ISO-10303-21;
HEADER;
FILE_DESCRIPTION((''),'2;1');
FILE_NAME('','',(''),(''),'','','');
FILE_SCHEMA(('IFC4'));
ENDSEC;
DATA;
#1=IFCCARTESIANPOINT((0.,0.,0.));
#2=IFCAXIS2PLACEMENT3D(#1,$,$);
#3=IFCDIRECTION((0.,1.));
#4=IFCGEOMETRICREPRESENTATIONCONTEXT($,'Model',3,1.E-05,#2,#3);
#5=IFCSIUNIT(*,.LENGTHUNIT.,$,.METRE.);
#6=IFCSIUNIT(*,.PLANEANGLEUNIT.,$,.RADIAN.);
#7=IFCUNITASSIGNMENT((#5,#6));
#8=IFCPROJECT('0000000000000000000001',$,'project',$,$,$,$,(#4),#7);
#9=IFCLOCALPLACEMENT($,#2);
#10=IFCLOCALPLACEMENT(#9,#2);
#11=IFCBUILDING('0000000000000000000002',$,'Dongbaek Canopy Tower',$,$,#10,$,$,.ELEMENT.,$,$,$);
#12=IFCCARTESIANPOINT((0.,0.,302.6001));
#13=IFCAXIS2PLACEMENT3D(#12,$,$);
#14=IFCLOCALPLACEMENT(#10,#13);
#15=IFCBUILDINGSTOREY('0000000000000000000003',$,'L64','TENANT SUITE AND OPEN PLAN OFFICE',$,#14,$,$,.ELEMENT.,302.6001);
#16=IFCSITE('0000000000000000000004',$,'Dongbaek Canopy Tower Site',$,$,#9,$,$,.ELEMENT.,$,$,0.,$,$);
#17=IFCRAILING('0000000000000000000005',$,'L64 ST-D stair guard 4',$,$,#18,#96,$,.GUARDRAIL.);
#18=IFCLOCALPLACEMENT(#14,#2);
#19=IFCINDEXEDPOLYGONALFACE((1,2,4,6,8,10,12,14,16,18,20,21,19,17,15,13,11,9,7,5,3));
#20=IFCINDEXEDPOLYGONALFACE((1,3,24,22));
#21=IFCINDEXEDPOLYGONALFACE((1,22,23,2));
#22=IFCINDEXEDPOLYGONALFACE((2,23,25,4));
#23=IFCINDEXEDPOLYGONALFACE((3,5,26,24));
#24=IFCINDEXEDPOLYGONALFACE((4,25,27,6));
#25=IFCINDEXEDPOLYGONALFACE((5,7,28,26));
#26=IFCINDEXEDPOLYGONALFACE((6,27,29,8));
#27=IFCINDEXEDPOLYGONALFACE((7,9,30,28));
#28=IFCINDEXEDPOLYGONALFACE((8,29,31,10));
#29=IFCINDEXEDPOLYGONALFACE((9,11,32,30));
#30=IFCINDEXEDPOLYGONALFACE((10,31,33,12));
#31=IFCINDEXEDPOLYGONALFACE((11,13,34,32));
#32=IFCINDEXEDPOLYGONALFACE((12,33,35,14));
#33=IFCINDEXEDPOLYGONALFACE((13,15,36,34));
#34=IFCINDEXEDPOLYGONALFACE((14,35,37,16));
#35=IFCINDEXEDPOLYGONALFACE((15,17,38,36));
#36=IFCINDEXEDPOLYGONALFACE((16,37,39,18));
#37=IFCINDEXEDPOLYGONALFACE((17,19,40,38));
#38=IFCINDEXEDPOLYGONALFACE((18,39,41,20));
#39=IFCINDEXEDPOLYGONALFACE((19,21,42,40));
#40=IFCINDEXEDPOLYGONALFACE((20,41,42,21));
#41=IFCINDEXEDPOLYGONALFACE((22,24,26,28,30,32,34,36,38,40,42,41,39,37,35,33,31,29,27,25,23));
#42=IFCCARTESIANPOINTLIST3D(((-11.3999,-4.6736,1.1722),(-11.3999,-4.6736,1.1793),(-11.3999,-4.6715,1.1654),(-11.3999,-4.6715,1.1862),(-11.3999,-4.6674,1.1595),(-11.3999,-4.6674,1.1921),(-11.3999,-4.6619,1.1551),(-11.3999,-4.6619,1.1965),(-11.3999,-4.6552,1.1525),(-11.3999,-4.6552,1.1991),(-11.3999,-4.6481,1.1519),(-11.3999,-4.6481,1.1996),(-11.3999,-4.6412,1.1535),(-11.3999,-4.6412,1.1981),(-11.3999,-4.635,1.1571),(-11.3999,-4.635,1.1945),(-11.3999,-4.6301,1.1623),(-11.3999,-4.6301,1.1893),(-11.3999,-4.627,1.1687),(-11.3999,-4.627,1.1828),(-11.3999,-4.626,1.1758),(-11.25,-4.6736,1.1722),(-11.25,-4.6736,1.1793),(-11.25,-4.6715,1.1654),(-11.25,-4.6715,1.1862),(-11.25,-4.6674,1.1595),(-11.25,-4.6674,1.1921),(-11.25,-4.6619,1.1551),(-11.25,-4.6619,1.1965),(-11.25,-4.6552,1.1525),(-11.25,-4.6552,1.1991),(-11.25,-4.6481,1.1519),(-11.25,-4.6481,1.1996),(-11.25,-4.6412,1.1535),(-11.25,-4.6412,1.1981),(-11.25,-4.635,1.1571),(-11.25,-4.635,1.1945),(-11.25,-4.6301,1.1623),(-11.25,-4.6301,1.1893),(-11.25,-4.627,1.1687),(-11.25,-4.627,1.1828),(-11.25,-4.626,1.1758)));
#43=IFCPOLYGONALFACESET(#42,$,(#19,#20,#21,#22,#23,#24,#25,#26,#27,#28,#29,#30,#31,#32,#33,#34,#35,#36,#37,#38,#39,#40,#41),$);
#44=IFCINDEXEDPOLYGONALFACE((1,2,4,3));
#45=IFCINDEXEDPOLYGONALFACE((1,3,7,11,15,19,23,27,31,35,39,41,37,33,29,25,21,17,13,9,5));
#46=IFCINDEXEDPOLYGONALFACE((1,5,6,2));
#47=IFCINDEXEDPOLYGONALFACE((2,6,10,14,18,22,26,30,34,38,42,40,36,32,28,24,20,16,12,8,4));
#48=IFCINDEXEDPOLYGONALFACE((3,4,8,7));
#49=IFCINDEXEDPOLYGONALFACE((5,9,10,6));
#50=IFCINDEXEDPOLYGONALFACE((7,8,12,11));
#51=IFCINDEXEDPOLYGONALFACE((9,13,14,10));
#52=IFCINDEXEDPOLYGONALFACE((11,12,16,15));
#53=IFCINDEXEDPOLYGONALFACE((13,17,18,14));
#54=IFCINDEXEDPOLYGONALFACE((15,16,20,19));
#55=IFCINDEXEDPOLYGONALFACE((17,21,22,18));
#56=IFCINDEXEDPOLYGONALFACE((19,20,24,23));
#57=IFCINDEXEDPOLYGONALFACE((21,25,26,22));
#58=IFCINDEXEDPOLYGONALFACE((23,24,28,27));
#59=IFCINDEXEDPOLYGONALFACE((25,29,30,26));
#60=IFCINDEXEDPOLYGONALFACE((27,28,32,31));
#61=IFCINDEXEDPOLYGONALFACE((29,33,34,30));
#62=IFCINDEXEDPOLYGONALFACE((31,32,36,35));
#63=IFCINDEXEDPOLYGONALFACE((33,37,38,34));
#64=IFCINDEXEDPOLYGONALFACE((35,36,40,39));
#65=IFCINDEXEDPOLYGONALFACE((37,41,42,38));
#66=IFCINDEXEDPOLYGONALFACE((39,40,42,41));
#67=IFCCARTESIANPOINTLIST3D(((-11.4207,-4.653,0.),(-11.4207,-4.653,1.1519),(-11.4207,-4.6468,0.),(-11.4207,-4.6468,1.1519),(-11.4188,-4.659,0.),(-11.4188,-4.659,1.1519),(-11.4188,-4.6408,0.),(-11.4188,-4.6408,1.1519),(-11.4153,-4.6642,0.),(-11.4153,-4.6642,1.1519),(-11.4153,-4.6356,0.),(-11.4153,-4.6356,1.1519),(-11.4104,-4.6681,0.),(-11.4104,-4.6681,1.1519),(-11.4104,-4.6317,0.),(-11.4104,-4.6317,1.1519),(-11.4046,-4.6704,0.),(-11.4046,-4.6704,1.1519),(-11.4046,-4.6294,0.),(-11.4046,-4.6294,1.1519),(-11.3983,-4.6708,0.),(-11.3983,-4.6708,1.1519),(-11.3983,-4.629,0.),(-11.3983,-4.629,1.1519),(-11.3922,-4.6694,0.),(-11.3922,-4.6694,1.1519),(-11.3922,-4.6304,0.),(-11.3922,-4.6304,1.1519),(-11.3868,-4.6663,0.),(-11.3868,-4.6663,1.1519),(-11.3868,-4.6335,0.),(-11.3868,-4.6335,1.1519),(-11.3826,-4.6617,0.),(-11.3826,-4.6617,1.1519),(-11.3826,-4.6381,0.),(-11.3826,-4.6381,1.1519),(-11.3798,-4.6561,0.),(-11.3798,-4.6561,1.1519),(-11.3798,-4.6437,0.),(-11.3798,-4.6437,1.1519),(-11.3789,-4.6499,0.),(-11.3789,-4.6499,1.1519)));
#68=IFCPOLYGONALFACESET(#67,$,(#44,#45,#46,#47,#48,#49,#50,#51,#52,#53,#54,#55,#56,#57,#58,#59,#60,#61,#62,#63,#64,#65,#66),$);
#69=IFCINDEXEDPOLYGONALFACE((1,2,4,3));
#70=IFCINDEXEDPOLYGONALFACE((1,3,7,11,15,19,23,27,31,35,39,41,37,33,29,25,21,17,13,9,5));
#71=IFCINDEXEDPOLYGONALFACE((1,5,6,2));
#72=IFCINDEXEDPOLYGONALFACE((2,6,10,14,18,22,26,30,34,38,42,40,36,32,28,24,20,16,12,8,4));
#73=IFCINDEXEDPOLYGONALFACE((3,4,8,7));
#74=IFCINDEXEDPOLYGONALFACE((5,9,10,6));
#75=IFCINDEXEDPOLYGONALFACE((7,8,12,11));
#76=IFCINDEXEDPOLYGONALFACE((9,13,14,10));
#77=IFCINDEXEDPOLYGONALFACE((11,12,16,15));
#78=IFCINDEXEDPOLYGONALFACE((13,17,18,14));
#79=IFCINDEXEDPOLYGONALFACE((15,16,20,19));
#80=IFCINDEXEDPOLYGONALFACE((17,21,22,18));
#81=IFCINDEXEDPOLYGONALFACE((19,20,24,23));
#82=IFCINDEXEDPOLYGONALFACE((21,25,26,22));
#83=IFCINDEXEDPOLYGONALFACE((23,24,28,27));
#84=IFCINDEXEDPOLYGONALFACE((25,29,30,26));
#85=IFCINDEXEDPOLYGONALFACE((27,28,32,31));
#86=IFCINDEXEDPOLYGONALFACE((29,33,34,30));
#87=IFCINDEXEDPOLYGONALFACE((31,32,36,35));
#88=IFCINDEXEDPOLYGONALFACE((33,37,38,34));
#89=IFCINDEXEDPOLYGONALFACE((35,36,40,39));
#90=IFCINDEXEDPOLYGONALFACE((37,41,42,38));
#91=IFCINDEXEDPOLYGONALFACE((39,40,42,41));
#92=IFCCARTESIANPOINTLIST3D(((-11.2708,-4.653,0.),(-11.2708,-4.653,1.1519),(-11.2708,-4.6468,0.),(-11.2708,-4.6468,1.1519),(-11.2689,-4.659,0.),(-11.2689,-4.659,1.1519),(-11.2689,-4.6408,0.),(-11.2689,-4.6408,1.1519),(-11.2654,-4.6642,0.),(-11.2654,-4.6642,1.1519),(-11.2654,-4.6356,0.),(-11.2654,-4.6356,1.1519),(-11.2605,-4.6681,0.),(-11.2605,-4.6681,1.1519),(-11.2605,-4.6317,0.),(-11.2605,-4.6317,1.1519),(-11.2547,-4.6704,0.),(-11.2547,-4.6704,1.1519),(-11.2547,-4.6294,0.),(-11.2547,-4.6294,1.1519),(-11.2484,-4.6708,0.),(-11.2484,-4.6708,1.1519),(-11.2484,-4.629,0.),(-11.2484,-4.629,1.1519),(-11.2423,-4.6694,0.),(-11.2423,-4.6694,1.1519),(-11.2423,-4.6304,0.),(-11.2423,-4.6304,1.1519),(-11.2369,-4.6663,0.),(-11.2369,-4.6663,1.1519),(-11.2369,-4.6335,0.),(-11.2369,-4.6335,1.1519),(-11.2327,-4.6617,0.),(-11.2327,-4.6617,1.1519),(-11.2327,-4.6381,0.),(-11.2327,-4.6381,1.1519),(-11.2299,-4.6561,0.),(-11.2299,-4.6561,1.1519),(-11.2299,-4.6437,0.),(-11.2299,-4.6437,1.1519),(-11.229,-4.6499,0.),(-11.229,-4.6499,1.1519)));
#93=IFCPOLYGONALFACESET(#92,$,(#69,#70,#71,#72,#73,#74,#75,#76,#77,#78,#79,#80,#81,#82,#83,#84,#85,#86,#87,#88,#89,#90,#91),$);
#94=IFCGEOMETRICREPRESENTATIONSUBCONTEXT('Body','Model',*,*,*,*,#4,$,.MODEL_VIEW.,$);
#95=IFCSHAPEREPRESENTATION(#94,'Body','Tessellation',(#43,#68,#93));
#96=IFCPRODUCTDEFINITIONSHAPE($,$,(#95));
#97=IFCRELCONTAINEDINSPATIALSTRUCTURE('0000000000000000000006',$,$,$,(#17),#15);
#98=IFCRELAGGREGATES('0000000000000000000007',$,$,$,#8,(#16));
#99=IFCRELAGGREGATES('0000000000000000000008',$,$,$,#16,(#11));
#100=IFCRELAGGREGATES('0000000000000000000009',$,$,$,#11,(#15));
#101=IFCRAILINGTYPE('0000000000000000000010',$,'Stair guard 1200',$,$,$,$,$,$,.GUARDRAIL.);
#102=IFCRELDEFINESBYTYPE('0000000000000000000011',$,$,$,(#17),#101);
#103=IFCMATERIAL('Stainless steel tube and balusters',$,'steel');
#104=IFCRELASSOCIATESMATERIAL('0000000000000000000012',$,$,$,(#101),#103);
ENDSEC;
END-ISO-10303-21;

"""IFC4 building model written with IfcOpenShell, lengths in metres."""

from ifc_helpers import new_model, si_unit, direction, frame, origin, origin_2d, place, context, subcontext, project, spatial, circle, extrude, material, type_object, element, save


model = new_model("IFC4")

# Units and contexts
model_context = context("Model", 3, precision=1e-05, world=origin(), true_north=direction((0.0, 1.0)))
body_context = subcontext(model_context, "Body", "Model", "MODEL_VIEW")
ifc_project = project(units=[si_unit("LENGTHUNIT", "METRE"), si_unit("PLANEANGLEUNIT", "RADIAN")], contexts=[model_context])

# Site, building, storey
site_placement = place(None, origin())
site = spatial("IfcSite", under=ifc_project, at=site_placement, Name="Dongbaek Canopy Tower Site", CompositionType="ELEMENT", RefElevation=0.0)
building_placement = place(site_placement, origin())
building = spatial("IfcBuilding", under=site, at=building_placement, Name="Dongbaek Canopy Tower", CompositionType="ELEMENT")
storey_placement = place(building_placement, frame((0.0, 0.0, 302.6001)))
storey = spatial("IfcBuildingStorey", under=building, at=storey_placement, Name="L64", Description="TENANT SUITE AND OPEN PLAN OFFICE", CompositionType="ELEMENT", Elevation=302.6001)

# Railing
ifc_material_1 = material(Name="Stainless steel tube and balusters", Category="steel")
railing_type_1 = type_object("IfcRailingType", Name="Stair guard 1200", PredefinedType="GUARDRAIL", material=ifc_material_1)
railing_1_placement = place(storey_placement, frame((-11.3999, -4.6499, 0.0)))
element("IfcRailing", 1, at=railing_1_placement, inside=storey, type_object=railing_type_1, Name="L64 ST-D stair guard 4", PredefinedType="GUARDRAIL", context=body_context, shape_type="SweptSolid", body=[
    extrude(circle(Radius=0.0239, at=origin_2d()), frame((0.0, 0.0, 1.1758), z_axis=(1.0, 0.0, 0.0), x_axis=(0.0, 1.0, 0.0)), (0.0, 0.0, 1.0), 0.1499),
    extrude(circle(Radius=0.021, at=origin_2d()), origin(), (0.0, 0.0, 1.0), 1.1519),
    extrude(circle(Radius=0.021, at=origin_2d()), frame((0.1499, 0.0, 0.0)), (0.0, 0.0, 1.0), 1.1519),
])

save(model, "model.ifc")
